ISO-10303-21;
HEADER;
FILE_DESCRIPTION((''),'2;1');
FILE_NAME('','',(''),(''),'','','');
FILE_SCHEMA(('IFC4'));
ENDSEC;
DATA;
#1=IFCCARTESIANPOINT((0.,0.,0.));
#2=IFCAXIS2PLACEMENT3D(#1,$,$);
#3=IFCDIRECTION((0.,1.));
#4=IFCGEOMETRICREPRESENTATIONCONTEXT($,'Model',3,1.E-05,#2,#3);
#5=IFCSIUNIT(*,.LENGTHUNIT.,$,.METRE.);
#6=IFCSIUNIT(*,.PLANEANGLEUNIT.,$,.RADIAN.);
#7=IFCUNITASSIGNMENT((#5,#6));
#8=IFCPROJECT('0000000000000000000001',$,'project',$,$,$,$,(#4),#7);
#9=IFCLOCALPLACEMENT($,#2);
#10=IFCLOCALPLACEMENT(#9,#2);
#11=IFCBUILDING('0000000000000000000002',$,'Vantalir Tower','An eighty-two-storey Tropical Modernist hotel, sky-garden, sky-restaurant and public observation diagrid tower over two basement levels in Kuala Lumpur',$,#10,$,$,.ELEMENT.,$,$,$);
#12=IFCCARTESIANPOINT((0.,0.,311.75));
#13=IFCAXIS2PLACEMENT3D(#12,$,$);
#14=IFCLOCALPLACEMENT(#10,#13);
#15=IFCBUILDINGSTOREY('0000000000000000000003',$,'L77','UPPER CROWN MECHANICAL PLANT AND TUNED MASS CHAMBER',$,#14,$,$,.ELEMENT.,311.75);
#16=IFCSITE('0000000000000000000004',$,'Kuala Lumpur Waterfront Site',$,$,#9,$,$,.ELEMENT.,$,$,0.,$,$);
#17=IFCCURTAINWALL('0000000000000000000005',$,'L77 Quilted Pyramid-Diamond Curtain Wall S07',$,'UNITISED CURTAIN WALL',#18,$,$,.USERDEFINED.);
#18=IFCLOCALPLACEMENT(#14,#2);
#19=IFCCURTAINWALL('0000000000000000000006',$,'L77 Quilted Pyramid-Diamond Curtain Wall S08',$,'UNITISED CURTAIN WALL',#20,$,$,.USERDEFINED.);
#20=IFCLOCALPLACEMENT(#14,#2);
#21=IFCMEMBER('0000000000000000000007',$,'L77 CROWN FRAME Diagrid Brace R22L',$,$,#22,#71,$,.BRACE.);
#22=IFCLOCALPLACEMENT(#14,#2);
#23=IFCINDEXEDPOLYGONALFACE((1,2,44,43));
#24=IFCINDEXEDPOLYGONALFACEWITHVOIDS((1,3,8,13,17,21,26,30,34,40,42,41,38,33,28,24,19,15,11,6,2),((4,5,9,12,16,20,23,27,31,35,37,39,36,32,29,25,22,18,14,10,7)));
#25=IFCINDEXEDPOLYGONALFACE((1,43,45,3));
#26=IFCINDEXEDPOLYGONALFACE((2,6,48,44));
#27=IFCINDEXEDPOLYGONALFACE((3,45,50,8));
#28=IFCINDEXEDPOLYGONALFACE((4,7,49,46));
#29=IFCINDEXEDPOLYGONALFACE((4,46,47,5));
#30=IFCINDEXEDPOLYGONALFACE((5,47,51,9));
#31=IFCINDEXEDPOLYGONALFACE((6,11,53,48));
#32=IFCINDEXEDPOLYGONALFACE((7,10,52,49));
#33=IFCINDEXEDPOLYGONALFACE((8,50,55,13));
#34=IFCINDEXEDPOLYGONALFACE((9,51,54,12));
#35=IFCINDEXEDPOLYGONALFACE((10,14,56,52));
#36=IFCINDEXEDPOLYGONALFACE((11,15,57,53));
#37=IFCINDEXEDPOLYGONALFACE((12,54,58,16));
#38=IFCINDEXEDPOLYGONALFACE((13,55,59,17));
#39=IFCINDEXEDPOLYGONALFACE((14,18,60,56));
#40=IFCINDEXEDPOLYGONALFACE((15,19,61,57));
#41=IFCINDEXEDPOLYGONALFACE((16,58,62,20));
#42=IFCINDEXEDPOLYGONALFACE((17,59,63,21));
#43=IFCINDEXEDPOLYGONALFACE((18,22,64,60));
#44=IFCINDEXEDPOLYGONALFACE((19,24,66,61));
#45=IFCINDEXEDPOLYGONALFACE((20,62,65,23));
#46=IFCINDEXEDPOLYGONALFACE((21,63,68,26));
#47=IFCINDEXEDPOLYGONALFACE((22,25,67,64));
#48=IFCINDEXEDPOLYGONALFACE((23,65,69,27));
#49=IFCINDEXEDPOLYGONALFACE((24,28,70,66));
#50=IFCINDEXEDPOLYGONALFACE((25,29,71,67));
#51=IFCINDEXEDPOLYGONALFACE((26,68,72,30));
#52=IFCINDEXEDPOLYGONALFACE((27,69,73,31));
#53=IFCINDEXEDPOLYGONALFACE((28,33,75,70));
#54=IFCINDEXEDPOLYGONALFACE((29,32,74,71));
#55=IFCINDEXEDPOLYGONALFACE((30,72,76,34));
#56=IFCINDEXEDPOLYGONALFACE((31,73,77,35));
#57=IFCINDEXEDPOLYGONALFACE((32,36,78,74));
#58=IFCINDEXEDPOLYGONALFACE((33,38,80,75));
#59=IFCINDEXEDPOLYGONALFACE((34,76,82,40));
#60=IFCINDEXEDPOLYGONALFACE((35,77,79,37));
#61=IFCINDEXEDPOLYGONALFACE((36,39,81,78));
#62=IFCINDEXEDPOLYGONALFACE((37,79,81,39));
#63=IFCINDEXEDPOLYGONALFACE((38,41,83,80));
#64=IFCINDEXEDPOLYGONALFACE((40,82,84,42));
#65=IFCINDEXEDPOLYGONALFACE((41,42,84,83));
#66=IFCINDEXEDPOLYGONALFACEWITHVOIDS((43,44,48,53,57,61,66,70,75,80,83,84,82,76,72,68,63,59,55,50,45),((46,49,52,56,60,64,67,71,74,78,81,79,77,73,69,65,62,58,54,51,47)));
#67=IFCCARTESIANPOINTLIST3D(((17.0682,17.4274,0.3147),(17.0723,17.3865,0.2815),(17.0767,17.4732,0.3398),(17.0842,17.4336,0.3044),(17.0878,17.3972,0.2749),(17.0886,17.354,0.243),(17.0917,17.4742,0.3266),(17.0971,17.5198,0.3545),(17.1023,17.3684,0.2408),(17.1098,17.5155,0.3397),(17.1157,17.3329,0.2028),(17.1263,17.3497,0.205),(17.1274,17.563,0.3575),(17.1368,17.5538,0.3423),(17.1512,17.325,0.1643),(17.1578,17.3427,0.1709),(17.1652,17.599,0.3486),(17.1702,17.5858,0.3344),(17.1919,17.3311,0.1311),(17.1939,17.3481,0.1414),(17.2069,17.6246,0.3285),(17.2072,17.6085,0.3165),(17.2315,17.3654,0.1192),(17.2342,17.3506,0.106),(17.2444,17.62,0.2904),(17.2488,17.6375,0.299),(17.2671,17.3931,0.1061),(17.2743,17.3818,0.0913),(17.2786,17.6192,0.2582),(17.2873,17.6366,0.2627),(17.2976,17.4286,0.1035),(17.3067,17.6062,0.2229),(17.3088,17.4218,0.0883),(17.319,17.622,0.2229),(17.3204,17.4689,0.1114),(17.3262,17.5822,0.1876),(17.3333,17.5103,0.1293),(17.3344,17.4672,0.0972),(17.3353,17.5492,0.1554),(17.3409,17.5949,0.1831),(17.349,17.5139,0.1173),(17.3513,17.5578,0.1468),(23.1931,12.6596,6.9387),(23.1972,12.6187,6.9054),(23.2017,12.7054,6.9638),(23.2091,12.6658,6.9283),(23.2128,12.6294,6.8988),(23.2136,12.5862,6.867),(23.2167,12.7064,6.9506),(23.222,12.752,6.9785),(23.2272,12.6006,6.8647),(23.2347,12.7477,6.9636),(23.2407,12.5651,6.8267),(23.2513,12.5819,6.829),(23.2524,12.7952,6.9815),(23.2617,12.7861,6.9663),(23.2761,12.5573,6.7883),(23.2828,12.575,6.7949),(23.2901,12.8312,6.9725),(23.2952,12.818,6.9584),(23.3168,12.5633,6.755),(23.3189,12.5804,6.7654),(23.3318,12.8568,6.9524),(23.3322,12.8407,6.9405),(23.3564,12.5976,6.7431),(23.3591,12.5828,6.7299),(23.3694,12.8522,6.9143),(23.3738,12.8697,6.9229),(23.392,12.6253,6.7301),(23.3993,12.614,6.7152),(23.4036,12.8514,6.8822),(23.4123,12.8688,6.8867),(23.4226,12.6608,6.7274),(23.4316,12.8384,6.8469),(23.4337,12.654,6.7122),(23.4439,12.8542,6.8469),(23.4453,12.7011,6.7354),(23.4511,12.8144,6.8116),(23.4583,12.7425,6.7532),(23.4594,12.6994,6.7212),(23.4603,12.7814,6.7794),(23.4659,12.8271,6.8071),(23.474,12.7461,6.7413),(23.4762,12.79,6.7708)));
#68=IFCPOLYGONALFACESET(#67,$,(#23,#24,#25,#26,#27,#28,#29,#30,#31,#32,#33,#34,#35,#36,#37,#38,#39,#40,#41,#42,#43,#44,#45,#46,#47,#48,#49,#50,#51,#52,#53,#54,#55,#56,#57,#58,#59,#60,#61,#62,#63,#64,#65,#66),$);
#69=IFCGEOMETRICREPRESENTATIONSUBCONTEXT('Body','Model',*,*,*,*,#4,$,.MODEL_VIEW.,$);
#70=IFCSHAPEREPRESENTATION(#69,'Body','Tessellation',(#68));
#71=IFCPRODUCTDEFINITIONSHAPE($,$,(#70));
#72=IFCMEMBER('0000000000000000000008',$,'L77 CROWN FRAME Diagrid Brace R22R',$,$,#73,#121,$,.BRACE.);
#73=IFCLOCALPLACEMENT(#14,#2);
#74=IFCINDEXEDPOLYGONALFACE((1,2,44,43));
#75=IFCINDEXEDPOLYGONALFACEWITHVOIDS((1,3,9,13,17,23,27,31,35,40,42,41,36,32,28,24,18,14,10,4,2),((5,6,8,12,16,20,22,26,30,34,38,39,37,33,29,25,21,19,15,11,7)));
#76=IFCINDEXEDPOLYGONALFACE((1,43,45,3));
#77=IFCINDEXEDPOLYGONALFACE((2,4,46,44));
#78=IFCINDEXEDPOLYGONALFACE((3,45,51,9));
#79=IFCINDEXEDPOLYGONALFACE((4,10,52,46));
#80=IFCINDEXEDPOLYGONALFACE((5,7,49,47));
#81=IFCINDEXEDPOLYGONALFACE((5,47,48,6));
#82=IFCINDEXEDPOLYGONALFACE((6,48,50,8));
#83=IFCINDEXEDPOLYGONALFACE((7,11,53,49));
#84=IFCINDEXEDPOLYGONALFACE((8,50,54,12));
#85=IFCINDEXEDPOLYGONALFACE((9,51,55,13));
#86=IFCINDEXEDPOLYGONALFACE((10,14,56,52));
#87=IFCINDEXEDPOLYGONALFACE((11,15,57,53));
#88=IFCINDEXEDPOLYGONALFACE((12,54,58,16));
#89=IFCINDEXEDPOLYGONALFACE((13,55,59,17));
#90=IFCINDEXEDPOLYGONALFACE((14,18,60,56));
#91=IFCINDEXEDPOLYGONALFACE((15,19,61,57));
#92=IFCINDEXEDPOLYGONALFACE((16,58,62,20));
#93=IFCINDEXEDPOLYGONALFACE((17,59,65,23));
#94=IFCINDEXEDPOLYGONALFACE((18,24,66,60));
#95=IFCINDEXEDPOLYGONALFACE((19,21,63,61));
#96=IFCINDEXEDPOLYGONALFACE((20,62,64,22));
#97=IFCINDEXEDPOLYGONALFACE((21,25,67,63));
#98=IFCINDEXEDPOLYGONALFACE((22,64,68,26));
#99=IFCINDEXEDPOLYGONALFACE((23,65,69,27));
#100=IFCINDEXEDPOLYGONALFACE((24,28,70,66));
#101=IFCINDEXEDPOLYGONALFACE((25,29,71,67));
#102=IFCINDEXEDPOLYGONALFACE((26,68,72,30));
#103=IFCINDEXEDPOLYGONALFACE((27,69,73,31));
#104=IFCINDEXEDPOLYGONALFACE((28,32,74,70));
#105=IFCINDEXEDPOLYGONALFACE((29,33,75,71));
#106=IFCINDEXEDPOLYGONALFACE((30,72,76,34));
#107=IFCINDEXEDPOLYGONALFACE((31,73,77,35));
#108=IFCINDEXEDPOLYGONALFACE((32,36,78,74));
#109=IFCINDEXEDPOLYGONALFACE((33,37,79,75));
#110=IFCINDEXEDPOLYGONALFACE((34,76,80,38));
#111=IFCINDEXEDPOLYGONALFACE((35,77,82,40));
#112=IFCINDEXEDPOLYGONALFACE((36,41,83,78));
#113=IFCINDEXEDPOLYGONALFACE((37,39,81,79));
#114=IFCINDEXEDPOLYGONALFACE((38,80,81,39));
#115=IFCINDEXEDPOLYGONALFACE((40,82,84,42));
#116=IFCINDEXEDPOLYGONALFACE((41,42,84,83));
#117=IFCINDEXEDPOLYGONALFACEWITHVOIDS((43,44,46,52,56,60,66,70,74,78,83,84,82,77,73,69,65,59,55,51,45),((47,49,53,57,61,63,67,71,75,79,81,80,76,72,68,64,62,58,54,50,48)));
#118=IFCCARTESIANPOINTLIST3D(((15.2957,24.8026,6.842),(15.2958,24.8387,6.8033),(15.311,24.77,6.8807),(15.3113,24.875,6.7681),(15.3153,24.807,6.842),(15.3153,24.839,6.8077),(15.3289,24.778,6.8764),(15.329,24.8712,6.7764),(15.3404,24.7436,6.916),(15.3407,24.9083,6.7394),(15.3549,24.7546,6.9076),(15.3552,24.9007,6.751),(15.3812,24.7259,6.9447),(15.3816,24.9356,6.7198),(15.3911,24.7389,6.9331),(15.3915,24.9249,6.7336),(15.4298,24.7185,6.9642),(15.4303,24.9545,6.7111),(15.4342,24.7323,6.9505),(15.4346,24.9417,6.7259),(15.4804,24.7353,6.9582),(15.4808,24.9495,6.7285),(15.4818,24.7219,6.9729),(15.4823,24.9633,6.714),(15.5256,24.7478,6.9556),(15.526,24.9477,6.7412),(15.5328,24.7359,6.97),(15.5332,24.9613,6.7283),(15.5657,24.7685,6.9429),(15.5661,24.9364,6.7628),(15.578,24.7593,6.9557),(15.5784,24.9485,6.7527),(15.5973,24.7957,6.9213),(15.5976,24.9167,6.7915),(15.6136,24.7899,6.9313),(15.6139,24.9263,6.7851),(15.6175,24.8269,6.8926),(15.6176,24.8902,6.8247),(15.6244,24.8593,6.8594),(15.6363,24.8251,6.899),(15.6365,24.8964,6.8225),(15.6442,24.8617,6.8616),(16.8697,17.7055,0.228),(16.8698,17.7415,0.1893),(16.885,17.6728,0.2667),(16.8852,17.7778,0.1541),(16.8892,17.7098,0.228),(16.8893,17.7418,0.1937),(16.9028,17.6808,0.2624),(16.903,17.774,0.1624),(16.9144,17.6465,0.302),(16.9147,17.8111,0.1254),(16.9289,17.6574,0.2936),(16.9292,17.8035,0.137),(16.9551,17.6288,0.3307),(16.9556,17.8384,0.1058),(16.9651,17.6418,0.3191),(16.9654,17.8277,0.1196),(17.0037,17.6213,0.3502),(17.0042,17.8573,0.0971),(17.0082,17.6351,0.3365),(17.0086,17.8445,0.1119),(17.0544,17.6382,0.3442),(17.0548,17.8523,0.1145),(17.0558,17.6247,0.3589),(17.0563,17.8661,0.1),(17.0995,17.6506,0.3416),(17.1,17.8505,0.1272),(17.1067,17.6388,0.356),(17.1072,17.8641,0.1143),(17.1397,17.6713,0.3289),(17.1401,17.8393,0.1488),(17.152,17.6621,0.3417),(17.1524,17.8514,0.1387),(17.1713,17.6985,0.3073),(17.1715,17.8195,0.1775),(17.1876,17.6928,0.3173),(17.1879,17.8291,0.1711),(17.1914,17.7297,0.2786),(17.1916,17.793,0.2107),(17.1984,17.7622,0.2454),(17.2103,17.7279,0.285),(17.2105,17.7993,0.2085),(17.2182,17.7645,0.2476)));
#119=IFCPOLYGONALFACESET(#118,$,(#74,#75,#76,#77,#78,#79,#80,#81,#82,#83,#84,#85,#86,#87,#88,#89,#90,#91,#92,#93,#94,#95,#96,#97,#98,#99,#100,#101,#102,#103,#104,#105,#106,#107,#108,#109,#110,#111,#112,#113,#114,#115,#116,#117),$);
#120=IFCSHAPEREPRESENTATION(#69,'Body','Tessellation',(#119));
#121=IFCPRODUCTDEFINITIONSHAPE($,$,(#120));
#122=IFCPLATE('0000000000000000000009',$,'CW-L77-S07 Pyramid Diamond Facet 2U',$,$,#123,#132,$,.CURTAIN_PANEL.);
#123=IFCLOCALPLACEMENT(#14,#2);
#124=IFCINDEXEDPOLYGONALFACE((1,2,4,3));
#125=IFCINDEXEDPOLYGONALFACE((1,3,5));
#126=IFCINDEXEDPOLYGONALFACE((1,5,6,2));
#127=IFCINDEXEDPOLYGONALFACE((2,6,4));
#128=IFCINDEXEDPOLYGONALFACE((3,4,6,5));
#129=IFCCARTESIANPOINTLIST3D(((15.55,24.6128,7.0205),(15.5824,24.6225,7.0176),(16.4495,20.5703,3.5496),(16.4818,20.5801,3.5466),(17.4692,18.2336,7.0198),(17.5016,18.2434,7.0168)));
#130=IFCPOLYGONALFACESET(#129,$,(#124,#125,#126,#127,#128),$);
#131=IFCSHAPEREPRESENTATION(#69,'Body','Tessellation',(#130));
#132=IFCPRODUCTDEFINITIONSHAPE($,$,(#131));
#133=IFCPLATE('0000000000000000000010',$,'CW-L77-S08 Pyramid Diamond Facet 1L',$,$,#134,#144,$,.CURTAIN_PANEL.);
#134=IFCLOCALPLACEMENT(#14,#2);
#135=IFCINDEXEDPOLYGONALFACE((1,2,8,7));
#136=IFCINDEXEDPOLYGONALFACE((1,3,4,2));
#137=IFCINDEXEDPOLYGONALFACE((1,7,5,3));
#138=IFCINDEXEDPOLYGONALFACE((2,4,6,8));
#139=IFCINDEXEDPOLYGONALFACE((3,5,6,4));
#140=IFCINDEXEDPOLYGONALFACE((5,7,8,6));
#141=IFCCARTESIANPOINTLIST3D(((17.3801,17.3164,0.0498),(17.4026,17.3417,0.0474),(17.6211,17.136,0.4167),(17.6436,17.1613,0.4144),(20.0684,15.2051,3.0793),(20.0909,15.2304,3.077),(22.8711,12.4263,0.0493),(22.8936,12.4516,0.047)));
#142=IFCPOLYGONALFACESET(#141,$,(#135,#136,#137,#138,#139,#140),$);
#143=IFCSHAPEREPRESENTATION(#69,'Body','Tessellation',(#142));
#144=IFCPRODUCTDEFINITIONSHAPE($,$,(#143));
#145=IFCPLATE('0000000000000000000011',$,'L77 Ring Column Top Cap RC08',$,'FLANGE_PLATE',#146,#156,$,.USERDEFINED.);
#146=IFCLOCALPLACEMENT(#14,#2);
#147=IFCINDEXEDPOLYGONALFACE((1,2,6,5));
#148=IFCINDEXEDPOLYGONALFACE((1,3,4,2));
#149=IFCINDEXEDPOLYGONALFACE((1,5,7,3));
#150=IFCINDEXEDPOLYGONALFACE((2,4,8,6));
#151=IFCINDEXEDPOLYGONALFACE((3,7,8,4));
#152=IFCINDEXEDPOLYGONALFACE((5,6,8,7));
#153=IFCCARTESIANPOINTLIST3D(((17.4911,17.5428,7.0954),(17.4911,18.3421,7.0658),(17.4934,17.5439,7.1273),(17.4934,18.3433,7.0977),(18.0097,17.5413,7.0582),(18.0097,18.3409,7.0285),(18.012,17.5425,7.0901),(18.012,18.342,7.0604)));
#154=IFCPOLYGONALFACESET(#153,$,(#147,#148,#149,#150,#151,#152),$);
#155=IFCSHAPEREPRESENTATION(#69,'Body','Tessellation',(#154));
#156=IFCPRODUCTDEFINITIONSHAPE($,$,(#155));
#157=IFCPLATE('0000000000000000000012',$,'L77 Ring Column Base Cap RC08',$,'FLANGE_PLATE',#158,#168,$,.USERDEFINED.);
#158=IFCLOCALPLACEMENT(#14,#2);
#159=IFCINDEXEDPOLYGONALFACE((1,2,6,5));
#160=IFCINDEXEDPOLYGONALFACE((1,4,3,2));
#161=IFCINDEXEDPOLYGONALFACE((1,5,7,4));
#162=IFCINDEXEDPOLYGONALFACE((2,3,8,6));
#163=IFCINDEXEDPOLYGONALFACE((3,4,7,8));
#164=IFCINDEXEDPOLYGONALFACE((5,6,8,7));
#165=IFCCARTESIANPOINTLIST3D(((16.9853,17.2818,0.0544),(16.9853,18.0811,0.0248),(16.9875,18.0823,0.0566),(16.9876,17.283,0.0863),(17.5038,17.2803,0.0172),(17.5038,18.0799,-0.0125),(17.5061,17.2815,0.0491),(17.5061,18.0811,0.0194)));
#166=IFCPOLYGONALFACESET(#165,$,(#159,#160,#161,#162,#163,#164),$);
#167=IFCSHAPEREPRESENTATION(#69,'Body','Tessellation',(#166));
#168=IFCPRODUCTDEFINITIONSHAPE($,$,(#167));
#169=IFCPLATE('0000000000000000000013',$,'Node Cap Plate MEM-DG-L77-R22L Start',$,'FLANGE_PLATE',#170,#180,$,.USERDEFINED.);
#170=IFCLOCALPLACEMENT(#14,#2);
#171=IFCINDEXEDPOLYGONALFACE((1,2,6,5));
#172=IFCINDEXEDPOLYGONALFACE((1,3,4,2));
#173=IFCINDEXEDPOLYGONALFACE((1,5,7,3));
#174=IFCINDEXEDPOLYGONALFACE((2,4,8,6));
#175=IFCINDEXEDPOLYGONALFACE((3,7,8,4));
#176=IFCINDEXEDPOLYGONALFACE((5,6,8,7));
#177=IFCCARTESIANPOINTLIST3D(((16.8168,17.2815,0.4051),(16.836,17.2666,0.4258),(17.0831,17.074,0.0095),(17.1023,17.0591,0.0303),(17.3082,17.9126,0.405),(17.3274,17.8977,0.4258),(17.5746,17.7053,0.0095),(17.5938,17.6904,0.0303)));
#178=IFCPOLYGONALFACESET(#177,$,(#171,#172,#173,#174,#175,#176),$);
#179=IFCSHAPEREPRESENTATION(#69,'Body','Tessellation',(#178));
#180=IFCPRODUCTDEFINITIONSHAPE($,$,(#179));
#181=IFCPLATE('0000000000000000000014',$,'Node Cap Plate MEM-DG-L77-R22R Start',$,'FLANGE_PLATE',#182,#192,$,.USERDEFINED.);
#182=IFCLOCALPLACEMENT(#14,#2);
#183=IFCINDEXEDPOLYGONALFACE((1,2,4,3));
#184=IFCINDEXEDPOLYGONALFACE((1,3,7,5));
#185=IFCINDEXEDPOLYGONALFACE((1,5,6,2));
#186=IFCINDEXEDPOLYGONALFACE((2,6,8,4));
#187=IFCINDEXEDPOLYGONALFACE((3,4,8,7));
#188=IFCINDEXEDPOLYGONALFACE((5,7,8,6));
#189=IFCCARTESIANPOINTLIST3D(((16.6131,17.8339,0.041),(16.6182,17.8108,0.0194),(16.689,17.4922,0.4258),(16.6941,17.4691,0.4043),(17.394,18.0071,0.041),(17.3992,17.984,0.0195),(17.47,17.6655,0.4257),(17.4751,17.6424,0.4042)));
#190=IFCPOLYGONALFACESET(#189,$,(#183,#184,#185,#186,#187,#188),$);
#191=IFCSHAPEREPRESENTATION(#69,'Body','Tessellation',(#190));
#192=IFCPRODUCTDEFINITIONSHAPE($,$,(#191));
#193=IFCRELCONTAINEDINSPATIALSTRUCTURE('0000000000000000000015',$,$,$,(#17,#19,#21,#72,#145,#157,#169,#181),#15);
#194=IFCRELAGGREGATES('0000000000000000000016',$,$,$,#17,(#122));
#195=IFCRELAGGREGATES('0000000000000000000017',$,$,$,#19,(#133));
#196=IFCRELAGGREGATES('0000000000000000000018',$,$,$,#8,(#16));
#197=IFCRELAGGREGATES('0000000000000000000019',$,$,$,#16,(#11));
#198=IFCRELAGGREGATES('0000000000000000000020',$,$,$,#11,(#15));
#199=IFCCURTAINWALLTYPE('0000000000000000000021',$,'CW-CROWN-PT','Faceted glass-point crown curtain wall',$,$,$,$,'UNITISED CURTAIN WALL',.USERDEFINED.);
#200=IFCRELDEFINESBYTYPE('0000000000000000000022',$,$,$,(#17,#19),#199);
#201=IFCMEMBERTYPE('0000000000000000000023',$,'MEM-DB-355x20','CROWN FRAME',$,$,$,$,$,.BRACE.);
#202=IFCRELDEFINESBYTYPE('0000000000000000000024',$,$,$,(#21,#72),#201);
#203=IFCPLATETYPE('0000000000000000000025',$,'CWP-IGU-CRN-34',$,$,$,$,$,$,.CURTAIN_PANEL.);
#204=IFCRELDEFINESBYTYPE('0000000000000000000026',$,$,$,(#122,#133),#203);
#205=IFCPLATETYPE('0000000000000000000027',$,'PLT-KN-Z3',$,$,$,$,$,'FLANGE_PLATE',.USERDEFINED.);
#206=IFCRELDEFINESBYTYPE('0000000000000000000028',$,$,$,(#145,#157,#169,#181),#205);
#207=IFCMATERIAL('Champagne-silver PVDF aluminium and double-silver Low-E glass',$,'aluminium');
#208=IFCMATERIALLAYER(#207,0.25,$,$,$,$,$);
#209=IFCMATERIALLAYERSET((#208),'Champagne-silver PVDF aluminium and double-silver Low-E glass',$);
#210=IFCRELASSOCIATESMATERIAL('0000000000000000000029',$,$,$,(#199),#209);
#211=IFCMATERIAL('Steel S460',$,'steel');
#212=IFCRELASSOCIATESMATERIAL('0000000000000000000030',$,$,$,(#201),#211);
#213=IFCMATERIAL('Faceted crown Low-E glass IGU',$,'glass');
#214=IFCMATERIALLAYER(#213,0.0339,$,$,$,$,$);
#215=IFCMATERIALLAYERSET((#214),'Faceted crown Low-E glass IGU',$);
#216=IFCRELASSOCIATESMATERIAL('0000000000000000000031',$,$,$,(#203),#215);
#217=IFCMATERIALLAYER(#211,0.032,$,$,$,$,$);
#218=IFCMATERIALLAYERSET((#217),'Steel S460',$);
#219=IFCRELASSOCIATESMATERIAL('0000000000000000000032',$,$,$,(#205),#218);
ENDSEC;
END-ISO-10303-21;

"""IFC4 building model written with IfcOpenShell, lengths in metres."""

from ifc_helpers import new_model, si_unit, direction, frame, origin, origin_2d, place, context, subcontext, project, spatial, polyline, hollow_circle, outline, extrude, material, layer, layer_set, material_profile, profile_set, type_object, element, aggregate, save


model = new_model("IFC4")

# Units and contexts
model_context = context("Model", 3, precision=1e-05, world=origin(), true_north=direction((0.0, 1.0)))
body_context = subcontext(model_context, "Body", "Model", "MODEL_VIEW")
ifc_project = project(units=[si_unit("LENGTHUNIT", "METRE"), si_unit("PLANEANGLEUNIT", "RADIAN")], contexts=[model_context])

# Site, building, storey
site_placement = place(None, origin())
site = spatial("IfcSite", under=ifc_project, at=site_placement, Name="Kuala Lumpur Waterfront Site", CompositionType="ELEMENT", RefElevation=0.0)
building_placement = place(site_placement, origin())
building = spatial("IfcBuilding", under=site, at=building_placement, Name="Vantalir Tower", Description="An eighty-two-storey Tropical Modernist hotel, sky-garden, sky-restaurant and public observation diagrid tower over two basement levels in Kuala Lumpur", CompositionType="ELEMENT")
storey_placement = place(building_placement, frame((0.0, 0.0, 311.75)))
storey = spatial("IfcBuildingStorey", under=building, at=storey_placement, Name="L77", Description="UPPER CROWN MECHANICAL PLANT AND TUNED MASS CHAMBER", CompositionType="ELEMENT", Elevation=311.75)

# Shared definitions
ifc_material_1 = material(Name="Steel S460", Category="steel")

# Curtain wall
ifc_material_2 = material(Name="Champagne-silver PVDF aluminium and double-silver Low-E glass", Category="aluminium")
ifc_layer_1 = layer(ifc_material_2, 0.25)
ifc_layer_set_1 = layer_set([ifc_layer_1], Name="Champagne-silver PVDF aluminium and double-silver Low-E glass")
curtain_wall_type = type_object("IfcCurtainWallType", Name="CW-CROWN-PT", Description="Faceted glass-point crown curtain wall", ElementType="UNITISED CURTAIN WALL", PredefinedType="USERDEFINED", material=ifc_layer_set_1)
curtain_wall_1_placement = place(storey_placement, origin())
curtain_wall_1 = element("IfcCurtainWall", 1, at=curtain_wall_1_placement, inside=storey, type_object=curtain_wall_type, Name="L77 Quilted Pyramid-Diamond Curtain Wall S07", ObjectType="UNITISED CURTAIN WALL", PredefinedType="USERDEFINED")

# Curtain wall
curtain_wall_2_placement = place(storey_placement, origin())
curtain_wall_2 = element("IfcCurtainWall", 2, at=curtain_wall_2_placement, inside=storey, type_object=curtain_wall_type, Name="L77 Quilted Pyramid-Diamond Curtain Wall S08", ObjectType="UNITISED CURTAIN WALL", PredefinedType="USERDEFINED")

# Members
ifc_material_profile_1 = material_profile(ifc_material_1, hollow_circle(Radius=0.1775, WallThickness=0.02, at=origin_2d()), Name="Steel S460")
ifc_profile_set_1 = profile_set([ifc_material_profile_1], Name="Steel S460")
member_type_1 = type_object("IfcMemberType", Name="MEM-DB-355x20", Description="CROWN FRAME", PredefinedType="BRACE", material=ifc_profile_set_1)
member_1_placement = place(storey_placement, frame((17.21, 17.4819, 0.2229), z_axis=(0.600244, -0.467242, 0.649148), x_axis=(0.614256, 0.789107, 0.0)))
element("IfcMember", 3, at=member_1_placement, inside=storey, type_object=member_type_1, Name="L77 CROWN FRAME Diagrid Brace R22L", PredefinedType="BRACE", context=body_context, shape_type="SweptSolid", body=[
    extrude(hollow_circle(Radius=0.1775, WallThickness=0.02, at=origin_2d()), origin(), (0.0, 0.0, 1.0), 10.2041),
])
member_2_placement = place(storey_placement, frame((17.043, 17.7439, 0.228), z_axis=(-0.16015, 0.722127, 0.672967), x_axis=(-0.976279, -0.216514, 0.0)))
element("IfcMember", 4, at=member_2_placement, inside=storey, type_object=member_type_1, Name="L77 CROWN FRAME Diagrid Brace R22R", PredefinedType="BRACE", context=body_context, shape_type="SweptSolid", body=[
    extrude(hollow_circle(Radius=0.1775, WallThickness=0.02, at=origin_2d()), origin(), (0.0, 0.0, 1.0), 9.8281),
])

# Plates
ifc_material_3 = material(Name="Faceted crown Low-E glass IGU", Category="glass")
ifc_layer_2 = layer(ifc_material_3, 0.0339)
ifc_layer_set_2 = layer_set([ifc_layer_2], Name="Faceted crown Low-E glass IGU")
plate_type_1 = type_object("IfcPlateType", Name="CWP-IGU-CRN-34", PredefinedType="CURTAIN_PANEL", material=ifc_layer_set_2)
plate_1_placement = place(storey_placement, frame((17.4692, 18.2336, 7.0198), z_axis=(-0.953961, -0.287012, 0.087076), x_axis=(-0.288098, 0.957601, 0.00011)))
plate_1 = element("IfcPlate", 5, at=plate_1_placement, type_object=plate_type_1, Name="CW-L77-S07 Pyramid Diamond Facet 2U", PredefinedType="CURTAIN_PANEL", context=body_context, shape_type="SweptSolid", body=[
    extrude(outline(polyline([(0.0, 0.0), (6.6616, 0.0), (2.531, 3.4837), (0.0, 0.0)])), origin(), (0.0, 0.0, -1.0), 0.0339),
])
aggregate(curtain_wall_1, [plate_1])
plate_2_placement = place(storey_placement, frame((17.3801, 17.3164, 0.0498), z_axis=(-0.663451, -0.744983, 0.069518), x_axis=(0.746787, -0.665063, -0.000067)))
plate_2 = element("IfcPlate", 6, at=plate_2_placement, type_object=plate_type_1, Name="CW-L77-S08 Pyramid Diamond Facet 1L", PredefinedType="CURTAIN_PANEL", context=body_context, shape_type="SweptSolid", body=[
    extrude(outline(polyline([(0.0, 0.0), (7.3528, 0.0), (3.4115, 3.0371), (0.2999, 0.3678), (0.0, 0.0)])), origin(), (0.0, 0.0, -1.0), 0.0339),
])
aggregate(curtain_wall_2, [plate_2])

# Plates
ifc_layer_3 = layer(ifc_material_1, 0.032)
ifc_layer_set_3 = layer_set([ifc_layer_3], Name="Steel S460")
plate_type_2 = type_object("IfcPlateType", Name="PLT-KN-Z3", ElementType="FLANGE_PLATE", PredefinedType="USERDEFINED", material=ifc_layer_set_3)
plate_3_placement = place(storey_placement, frame((17.4934, 18.3433, 7.0977), z_axis=(0.07166, 0.036984, 0.996743), x_axis=(-0.000011, -0.999312, 0.03708)))
element("IfcPlate", 7, at=plate_3_placement, inside=storey, type_object=plate_type_2, Name="L77 Ring Column Top Cap RC08", ObjectType="FLANGE_PLATE", PredefinedType="USERDEFINED", context=body_context, shape_type="SweptSolid", body=[
    extrude(outline(polyline([(0.0, 0.0), (0.7999, 0.0), (0.7999, 0.5199), (-0.0002, 0.5199), (0.0, 0.0)])), origin(), (0.0, 0.0, -1.0), 0.032),
])
plate_4_placement = place(storey_placement, frame((16.9875, 18.0823, 0.0566), z_axis=(0.07166, 0.036984, 0.996743), x_axis=(0.00001, -0.999312, 0.037079)))
element("IfcPlate", 8, at=plate_4_placement, inside=storey, type_object=plate_type_2, Name="L77 Ring Column Base Cap RC08", ObjectType="FLANGE_PLATE", PredefinedType="USERDEFINED", context=body_context, shape_type="SweptSolid", body=[
    extrude(outline(polyline([(0.0, 0.0), (0.7999, 0.0), (0.8, 0.5199), (-0.0002, 0.5199), (0.0, 0.0)])), origin(), (0.0, 0.0, -1.0), 0.032),
])
plate_5_placement = place(storey_placement, frame((17.1023, 17.0591, 0.0303), z_axis=(0.600159, -0.467267, 0.649208), x_axis=(0.6143, 0.789072, 0.000046)))
element("IfcPlate", 9, at=plate_5_placement, inside=storey, type_object=plate_type_2, Name="Node Cap Plate MEM-DG-L77-R22L Start", ObjectType="FLANGE_PLATE", PredefinedType="USERDEFINED", context=body_context, shape_type="SweptSolid", body=[
    extrude(outline(polyline([(0.0, 0.0), (0.8001, 0.0), (0.8, 0.5199), (0.0001, 0.52), (0.0, 0.0)])), origin(), (0.0, 0.0, -1.0), 0.032),
])
plate_6_placement = place(storey_placement, frame((17.394, 18.0071, 0.041), z_axis=(-0.160171, 0.722178, 0.672907), x_axis=(-0.976291, -0.216461, -0.000074)))
element("IfcPlate", 10, at=plate_6_placement, inside=storey, type_object=plate_type_2, Name="Node Cap Plate MEM-DG-L77-R22R Start", ObjectType="FLANGE_PLATE", PredefinedType="USERDEFINED", context=body_context, shape_type="SweptSolid", body=[
    extrude(outline(polyline([(0.0, 0.0), (0.8, 0.0), (0.7998, 0.5202), (-0.0002, 0.5201), (0.0, 0.0)])), origin(), (0.0, 0.0, -1.0), 0.032),
])

save(model, "model.ifc")
